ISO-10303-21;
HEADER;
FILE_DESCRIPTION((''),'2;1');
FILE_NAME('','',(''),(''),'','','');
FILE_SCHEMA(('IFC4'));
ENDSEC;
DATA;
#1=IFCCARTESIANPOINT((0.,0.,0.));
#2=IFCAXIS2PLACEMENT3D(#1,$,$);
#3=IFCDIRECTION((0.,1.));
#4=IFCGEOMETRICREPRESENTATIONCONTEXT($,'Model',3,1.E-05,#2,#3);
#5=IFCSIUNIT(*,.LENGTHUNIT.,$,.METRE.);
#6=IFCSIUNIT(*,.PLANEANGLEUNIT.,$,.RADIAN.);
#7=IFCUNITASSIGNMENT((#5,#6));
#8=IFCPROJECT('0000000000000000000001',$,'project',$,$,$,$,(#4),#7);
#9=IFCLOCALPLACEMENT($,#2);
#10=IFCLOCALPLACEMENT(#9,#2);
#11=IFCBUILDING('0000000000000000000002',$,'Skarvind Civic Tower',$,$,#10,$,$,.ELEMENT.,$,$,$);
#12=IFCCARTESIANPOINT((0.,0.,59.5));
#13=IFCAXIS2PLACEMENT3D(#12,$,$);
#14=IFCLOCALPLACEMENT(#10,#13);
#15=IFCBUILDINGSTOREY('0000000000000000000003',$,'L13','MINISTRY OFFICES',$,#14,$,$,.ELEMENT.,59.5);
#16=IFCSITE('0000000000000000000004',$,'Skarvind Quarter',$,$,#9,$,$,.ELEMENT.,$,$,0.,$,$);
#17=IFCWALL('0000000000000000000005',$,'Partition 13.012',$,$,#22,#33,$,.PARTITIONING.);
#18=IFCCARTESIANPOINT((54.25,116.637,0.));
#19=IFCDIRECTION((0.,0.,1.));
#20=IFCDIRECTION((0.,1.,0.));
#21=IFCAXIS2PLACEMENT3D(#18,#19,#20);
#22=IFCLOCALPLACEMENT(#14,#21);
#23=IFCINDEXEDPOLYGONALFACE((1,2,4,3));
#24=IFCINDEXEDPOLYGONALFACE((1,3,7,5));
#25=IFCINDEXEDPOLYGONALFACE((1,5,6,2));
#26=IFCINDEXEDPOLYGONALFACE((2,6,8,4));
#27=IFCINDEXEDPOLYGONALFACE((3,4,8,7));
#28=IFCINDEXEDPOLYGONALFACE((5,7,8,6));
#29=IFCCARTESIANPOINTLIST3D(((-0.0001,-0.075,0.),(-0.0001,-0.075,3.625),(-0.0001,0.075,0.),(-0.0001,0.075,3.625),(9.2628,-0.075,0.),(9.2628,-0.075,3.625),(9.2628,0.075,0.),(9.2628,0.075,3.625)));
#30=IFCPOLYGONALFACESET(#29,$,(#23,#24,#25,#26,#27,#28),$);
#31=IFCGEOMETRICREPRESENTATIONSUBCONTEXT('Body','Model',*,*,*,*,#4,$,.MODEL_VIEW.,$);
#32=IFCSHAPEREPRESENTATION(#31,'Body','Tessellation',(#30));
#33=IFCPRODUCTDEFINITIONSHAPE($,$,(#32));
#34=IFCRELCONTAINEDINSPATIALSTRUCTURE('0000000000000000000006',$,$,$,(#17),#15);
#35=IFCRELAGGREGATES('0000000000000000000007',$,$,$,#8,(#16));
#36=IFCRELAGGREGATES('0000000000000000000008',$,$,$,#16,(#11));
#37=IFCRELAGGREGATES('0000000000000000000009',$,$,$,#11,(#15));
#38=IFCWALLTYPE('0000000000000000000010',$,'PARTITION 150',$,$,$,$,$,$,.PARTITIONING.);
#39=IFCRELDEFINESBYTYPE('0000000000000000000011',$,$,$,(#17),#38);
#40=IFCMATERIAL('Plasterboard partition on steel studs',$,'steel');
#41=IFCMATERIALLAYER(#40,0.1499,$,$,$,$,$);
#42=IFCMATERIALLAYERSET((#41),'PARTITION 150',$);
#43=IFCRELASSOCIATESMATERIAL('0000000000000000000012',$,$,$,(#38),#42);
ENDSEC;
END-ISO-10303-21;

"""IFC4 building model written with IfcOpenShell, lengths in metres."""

from ifc_helpers import new_model, si_unit, direction, frame, frame_2d, origin, place, context, subcontext, project, spatial, rectangle, extrude, material, layer, layer_set, type_object, element, save


model = new_model("IFC4")

# Units and contexts
model_context = context("Model", 3, precision=1e-05, world=origin(), true_north=direction((0.0, 1.0)))
body_context = subcontext(model_context, "Body", "Model", "MODEL_VIEW")
ifc_project = project(units=[si_unit("LENGTHUNIT", "METRE"), si_unit("PLANEANGLEUNIT", "RADIAN")], contexts=[model_context])

# Site, building, storey
site_placement = place(None, origin())
site = spatial("IfcSite", under=ifc_project, at=site_placement, Name="Skarvind Quarter", CompositionType="ELEMENT", RefElevation=0.0)
building_placement = place(site_placement, origin())
building = spatial("IfcBuilding", under=site, at=building_placement, Name="Skarvind Civic Tower", CompositionType="ELEMENT")
storey_placement = place(building_placement, frame((0.0, 0.0, 59.5)))
storey = spatial("IfcBuildingStorey", under=building, at=storey_placement, Name="L13", Description="MINISTRY OFFICES", CompositionType="ELEMENT", Elevation=59.5)

# Wall
ifc_material_1 = material(Name="Plasterboard partition on steel studs", Category="steel")
ifc_layer_1 = layer(ifc_material_1, 0.1499)
ifc_layer_set_1 = layer_set([ifc_layer_1], Name="PARTITION 150")
wall_type_1 = type_object("IfcWallType", Name="PARTITION 150", PredefinedType="PARTITIONING", material=ifc_layer_set_1)
wall_1_placement = place(storey_placement, frame((54.25, 116.637, 0.0), z_axis=(0.0, 0.0, 1.0), x_axis=(0.0, 1.0, 0.0)))
element("IfcWall", 1, at=wall_1_placement, inside=storey, type_object=wall_type_1, Name="Partition 13.012", PredefinedType="PARTITIONING", context=body_context, shape_type="SweptSolid", body=[
    extrude(rectangle(XDim=9.2629, YDim=0.1499, at=frame_2d((4.6313, 0.0))), origin(), (0.0, 0.0, 1.0), 3.625),
])

save(model, "model.ifc")
